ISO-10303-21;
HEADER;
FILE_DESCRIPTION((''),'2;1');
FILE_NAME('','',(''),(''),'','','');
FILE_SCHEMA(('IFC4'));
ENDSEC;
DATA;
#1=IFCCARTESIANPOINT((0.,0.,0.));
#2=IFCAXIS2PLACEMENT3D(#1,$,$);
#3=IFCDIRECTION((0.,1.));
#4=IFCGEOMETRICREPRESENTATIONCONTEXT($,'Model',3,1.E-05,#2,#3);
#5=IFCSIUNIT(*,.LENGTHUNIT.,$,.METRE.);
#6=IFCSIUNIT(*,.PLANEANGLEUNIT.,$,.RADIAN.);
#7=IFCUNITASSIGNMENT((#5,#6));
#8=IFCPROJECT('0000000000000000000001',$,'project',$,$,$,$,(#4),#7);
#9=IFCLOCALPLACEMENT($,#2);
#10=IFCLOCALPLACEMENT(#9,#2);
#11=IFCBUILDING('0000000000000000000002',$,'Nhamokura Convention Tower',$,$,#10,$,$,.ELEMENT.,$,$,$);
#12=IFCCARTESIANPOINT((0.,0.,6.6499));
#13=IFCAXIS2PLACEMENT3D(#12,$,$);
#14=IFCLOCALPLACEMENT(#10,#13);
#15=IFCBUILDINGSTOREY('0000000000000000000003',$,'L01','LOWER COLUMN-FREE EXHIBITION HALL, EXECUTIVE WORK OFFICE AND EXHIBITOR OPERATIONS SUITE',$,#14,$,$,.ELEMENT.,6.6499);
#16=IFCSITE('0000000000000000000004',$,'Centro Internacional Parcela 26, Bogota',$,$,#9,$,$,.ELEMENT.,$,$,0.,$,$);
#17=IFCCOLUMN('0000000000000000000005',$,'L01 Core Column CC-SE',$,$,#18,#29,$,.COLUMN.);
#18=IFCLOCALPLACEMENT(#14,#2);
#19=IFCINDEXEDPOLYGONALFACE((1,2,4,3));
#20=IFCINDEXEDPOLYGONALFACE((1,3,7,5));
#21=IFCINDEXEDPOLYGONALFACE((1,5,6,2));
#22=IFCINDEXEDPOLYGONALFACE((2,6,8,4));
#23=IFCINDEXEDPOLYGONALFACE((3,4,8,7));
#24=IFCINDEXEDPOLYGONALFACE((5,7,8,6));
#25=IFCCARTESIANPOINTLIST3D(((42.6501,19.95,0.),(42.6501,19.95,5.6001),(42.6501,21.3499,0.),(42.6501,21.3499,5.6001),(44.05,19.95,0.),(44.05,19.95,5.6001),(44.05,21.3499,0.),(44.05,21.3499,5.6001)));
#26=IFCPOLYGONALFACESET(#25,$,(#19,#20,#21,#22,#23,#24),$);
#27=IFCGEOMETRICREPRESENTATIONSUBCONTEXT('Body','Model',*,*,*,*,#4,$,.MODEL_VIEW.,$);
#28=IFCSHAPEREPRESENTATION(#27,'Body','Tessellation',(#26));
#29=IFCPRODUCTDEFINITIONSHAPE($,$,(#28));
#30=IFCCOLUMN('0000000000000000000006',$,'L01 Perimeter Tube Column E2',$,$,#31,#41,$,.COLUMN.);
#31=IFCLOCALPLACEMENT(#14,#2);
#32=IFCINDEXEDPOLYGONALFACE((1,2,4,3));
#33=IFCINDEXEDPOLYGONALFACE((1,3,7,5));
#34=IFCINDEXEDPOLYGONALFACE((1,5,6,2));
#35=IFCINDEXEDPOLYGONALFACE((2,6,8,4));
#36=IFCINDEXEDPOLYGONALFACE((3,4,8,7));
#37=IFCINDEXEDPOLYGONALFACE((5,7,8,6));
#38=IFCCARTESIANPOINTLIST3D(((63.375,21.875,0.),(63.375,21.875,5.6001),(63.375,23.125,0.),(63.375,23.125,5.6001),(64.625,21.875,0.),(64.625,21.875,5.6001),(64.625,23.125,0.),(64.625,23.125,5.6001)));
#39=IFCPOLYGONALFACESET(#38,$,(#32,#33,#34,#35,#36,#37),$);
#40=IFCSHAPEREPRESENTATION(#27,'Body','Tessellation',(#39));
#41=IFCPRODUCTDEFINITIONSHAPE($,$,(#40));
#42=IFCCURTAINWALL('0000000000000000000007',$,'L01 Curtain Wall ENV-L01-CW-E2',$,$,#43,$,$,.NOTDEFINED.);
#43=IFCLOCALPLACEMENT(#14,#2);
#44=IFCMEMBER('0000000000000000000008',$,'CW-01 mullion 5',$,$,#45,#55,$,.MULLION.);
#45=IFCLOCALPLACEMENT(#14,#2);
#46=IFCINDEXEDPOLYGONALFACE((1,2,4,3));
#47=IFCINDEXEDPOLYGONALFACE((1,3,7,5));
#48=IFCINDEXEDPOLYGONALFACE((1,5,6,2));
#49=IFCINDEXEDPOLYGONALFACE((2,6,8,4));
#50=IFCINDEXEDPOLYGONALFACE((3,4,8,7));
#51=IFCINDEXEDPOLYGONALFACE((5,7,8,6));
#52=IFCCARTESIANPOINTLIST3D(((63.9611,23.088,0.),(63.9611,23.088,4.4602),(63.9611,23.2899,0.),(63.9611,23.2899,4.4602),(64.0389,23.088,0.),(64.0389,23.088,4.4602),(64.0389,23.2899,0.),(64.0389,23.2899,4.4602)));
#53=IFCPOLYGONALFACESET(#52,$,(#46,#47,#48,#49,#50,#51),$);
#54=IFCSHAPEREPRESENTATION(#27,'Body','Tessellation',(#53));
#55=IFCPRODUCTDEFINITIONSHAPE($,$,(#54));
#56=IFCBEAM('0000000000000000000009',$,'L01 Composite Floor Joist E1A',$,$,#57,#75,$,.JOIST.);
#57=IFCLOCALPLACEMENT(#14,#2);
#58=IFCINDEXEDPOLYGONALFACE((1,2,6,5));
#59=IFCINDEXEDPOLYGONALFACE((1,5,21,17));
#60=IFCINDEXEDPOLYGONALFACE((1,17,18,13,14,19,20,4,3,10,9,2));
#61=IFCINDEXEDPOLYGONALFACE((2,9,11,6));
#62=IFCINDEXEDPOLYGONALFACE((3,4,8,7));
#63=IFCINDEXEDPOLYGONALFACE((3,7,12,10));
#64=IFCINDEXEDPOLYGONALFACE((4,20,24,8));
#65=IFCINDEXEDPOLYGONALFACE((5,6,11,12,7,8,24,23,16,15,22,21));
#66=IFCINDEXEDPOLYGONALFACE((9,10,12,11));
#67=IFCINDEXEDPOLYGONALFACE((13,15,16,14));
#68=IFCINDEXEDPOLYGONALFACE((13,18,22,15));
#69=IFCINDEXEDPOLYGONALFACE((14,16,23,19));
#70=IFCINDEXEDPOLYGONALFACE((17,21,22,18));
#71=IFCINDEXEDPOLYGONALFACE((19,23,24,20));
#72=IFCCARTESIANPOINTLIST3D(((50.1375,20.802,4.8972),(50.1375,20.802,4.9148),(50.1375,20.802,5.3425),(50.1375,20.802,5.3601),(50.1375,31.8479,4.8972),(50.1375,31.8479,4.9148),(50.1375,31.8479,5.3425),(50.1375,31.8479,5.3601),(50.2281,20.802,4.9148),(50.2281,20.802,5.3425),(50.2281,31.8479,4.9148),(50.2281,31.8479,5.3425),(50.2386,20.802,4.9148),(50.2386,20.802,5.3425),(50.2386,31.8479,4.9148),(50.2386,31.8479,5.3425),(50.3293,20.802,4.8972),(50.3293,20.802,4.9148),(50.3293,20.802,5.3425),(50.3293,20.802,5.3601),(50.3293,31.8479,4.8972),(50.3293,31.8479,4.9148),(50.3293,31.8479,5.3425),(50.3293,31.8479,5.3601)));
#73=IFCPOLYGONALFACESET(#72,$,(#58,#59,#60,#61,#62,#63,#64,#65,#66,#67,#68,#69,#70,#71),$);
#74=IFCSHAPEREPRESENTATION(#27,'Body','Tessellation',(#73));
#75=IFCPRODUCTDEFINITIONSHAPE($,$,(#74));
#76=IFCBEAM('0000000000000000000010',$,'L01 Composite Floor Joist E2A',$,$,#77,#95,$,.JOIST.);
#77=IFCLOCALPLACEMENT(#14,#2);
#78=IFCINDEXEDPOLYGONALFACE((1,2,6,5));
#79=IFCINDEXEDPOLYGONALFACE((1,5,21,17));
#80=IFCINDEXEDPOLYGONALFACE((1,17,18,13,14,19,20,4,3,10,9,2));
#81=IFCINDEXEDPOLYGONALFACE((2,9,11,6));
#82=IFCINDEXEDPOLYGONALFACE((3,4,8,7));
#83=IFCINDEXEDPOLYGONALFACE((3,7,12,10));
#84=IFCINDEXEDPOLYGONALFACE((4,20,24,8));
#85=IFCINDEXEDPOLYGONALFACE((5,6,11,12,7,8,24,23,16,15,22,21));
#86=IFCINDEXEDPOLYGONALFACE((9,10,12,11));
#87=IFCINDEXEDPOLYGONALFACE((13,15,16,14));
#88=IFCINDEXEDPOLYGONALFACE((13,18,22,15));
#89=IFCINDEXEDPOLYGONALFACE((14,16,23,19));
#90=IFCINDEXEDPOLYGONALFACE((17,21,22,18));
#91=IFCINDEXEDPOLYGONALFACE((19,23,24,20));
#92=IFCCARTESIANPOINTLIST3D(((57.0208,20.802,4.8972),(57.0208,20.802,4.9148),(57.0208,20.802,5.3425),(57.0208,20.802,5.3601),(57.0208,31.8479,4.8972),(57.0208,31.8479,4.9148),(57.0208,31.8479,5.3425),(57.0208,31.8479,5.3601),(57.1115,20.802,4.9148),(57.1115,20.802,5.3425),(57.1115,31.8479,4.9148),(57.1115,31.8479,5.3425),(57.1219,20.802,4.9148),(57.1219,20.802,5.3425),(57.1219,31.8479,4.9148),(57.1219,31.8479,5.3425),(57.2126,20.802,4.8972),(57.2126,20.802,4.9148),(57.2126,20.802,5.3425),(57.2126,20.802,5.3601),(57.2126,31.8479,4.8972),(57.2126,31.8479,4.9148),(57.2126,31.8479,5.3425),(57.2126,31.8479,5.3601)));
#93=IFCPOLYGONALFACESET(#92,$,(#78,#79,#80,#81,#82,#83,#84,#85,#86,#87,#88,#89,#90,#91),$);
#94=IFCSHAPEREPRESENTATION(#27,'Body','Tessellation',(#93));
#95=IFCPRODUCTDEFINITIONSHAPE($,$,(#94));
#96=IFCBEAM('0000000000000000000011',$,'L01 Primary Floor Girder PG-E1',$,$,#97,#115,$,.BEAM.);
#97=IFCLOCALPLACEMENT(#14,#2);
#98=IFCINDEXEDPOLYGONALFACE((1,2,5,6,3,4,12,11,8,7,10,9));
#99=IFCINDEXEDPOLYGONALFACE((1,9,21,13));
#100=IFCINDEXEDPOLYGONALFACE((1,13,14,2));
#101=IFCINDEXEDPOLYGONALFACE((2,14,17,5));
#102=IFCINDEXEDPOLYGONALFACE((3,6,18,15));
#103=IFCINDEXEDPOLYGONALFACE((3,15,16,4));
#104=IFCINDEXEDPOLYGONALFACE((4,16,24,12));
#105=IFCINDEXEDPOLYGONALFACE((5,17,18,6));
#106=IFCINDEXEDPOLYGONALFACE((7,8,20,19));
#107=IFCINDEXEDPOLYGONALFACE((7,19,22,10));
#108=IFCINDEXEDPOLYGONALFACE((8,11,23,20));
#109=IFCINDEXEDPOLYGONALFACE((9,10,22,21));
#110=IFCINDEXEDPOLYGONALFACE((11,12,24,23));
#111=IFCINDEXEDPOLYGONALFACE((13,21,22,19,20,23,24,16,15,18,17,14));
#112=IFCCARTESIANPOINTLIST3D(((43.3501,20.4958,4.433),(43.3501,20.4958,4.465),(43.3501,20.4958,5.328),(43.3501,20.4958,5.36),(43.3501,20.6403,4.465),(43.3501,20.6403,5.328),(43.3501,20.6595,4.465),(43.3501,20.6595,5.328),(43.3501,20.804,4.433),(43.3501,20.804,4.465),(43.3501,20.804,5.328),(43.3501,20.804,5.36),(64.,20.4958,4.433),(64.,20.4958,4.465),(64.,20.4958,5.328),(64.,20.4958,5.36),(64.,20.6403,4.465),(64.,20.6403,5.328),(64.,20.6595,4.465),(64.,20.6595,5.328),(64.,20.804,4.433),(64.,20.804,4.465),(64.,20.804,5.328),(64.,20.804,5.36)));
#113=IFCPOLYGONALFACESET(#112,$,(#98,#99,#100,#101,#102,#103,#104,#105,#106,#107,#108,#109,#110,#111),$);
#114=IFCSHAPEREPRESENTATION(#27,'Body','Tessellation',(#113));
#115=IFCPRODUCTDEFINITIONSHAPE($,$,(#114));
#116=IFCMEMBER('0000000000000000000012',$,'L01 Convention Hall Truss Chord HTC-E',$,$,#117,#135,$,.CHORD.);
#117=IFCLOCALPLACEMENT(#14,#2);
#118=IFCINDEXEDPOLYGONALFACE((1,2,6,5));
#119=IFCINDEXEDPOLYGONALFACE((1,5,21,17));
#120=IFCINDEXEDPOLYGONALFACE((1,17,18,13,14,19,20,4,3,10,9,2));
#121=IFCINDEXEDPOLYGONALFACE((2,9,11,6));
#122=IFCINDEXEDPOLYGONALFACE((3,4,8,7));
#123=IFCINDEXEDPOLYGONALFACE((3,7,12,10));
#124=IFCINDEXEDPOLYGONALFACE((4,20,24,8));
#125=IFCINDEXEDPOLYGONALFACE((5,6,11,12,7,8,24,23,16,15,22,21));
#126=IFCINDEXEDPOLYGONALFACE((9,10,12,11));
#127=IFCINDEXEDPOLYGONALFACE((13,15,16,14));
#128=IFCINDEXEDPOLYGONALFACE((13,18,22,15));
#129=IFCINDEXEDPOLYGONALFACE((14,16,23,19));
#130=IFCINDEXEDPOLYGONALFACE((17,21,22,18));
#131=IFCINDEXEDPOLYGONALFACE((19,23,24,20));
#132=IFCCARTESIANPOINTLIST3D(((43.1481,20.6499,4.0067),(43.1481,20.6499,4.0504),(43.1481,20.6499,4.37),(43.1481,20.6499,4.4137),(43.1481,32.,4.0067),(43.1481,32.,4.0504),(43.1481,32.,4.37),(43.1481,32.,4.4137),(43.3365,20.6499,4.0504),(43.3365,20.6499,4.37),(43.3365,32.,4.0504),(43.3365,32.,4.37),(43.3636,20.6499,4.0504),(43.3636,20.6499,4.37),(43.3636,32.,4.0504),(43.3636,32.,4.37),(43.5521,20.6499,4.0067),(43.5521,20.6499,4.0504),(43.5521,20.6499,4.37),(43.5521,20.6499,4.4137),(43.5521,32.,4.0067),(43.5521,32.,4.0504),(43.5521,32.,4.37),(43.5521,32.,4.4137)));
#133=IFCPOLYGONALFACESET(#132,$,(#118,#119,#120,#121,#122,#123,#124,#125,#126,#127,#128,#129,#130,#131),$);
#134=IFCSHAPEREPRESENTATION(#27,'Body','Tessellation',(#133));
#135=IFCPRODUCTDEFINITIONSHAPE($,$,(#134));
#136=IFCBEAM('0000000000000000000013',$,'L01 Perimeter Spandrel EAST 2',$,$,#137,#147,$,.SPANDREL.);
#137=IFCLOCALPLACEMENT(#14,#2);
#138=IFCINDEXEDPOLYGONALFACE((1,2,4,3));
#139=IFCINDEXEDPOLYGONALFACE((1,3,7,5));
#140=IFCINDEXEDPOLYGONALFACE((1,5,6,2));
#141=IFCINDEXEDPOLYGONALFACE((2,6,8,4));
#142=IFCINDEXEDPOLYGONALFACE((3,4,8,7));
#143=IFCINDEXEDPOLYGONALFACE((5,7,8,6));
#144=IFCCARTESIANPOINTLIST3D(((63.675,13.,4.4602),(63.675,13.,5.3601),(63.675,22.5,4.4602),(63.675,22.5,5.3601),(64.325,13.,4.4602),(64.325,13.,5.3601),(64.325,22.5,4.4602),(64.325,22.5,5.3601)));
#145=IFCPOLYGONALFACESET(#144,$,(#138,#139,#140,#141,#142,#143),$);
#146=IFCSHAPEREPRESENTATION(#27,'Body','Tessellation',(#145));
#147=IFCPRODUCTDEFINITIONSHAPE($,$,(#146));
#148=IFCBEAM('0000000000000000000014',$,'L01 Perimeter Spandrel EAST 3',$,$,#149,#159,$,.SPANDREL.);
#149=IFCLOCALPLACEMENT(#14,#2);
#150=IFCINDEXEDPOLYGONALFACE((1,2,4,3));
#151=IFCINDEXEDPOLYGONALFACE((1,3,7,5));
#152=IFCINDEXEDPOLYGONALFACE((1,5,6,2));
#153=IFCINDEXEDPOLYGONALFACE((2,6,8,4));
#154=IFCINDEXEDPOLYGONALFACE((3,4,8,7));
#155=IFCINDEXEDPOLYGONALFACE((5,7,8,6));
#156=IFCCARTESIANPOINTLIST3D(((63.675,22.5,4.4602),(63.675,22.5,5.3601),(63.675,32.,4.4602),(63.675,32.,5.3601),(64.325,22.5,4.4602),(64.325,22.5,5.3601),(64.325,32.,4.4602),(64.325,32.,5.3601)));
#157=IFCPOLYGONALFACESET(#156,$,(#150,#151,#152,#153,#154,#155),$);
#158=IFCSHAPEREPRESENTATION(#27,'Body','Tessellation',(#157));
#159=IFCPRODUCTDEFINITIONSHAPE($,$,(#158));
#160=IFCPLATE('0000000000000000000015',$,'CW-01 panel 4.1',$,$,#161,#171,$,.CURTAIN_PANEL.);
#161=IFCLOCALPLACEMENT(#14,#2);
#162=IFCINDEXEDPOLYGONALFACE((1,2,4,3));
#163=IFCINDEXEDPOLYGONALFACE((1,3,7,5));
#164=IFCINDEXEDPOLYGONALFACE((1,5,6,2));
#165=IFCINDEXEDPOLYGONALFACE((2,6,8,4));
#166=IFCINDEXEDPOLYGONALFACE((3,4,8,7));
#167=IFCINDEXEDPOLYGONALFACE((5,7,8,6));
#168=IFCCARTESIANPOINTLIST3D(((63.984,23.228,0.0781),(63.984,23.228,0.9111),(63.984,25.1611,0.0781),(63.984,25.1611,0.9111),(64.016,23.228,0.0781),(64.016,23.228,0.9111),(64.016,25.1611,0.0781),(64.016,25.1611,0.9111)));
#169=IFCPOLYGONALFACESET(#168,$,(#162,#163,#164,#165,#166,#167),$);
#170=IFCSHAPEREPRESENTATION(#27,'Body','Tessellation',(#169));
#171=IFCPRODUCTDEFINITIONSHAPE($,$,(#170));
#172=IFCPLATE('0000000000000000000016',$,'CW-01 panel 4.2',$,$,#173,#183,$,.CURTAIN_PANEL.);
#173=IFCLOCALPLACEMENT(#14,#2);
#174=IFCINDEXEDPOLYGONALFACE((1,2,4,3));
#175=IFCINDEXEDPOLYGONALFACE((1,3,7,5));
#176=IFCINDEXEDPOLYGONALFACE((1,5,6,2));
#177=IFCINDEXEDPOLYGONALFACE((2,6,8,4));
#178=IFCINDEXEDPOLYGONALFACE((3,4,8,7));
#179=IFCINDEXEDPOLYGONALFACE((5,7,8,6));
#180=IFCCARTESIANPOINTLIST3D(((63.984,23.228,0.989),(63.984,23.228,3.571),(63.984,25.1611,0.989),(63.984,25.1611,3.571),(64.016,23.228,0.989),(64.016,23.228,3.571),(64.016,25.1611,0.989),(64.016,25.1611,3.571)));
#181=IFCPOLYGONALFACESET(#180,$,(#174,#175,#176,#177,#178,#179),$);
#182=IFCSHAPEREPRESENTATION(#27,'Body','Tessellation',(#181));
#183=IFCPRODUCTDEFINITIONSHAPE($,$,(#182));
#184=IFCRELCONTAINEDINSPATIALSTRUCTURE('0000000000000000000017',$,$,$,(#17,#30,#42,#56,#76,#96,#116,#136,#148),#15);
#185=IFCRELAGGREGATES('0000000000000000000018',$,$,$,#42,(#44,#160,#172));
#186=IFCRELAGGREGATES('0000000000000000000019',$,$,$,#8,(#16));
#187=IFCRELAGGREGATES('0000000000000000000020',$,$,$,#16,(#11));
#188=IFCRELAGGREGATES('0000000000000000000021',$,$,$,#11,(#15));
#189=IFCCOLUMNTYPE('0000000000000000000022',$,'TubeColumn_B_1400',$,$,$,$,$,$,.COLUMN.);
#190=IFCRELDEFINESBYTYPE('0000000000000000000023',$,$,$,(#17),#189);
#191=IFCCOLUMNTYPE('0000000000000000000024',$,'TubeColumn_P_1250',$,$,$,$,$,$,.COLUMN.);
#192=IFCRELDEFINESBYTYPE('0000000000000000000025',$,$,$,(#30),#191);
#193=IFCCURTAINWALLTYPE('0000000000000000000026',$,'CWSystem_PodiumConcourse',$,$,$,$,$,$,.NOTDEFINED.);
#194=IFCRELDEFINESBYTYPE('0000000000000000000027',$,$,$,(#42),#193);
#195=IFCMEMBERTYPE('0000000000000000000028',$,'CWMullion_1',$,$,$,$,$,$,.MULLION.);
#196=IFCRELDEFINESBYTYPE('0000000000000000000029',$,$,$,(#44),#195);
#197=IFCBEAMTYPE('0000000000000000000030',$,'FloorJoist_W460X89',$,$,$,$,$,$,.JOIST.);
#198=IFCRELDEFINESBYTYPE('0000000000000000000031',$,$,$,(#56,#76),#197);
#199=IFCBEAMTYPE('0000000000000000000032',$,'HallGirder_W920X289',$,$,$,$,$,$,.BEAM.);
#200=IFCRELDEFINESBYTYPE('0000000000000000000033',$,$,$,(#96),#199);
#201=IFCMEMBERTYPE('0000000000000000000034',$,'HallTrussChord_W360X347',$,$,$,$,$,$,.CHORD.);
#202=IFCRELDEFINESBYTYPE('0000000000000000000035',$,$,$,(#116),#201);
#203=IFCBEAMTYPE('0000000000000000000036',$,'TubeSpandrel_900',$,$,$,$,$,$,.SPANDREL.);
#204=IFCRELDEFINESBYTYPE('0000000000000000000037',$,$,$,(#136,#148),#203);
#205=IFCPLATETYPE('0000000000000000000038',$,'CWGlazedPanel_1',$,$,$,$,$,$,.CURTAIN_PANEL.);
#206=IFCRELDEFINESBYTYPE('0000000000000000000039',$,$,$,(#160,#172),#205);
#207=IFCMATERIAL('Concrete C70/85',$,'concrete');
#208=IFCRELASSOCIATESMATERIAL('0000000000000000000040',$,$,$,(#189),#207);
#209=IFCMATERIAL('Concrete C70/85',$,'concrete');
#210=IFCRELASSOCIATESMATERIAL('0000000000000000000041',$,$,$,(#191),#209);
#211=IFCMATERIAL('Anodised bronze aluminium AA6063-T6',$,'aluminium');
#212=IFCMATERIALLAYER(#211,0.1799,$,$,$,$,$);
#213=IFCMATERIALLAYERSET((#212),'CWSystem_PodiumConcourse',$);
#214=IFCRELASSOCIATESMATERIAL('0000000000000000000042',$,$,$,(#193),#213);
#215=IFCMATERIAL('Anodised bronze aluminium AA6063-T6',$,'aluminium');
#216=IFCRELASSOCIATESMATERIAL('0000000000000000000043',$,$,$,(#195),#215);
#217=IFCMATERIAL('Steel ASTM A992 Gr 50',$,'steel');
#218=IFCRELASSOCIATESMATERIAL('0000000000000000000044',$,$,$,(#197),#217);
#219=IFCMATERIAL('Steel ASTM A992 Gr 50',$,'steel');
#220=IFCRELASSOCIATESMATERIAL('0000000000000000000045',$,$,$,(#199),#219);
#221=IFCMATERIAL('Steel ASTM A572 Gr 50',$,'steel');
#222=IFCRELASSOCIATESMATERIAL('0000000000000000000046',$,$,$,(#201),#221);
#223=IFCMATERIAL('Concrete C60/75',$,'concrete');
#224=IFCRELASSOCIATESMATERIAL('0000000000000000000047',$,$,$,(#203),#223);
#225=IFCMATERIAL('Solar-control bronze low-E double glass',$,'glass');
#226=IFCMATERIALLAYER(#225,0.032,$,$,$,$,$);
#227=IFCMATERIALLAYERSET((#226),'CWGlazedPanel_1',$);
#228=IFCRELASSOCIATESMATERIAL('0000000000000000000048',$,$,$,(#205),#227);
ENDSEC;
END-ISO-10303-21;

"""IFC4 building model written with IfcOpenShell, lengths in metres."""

from ifc_helpers import new_model, si_unit, direction, frame, origin, origin_2d, place, context, subcontext, project, spatial, rectangle, i_section, extrude, material, layer, layer_set, material_profile, profile_set, type_object, element, aggregate, save


model = new_model("IFC4")

# Units and contexts
model_context = context("Model", 3, precision=1e-05, world=origin(), true_north=direction((0.0, 1.0)))
body_context = subcontext(model_context, "Body", "Model", "MODEL_VIEW")
ifc_project = project(units=[si_unit("LENGTHUNIT", "METRE"), si_unit("PLANEANGLEUNIT", "RADIAN")], contexts=[model_context])

# Site, building, storey
site_placement = place(None, origin())
site = spatial("IfcSite", under=ifc_project, at=site_placement, Name="Centro Internacional Parcela 26, Bogota", CompositionType="ELEMENT", RefElevation=0.0)
building_placement = place(site_placement, origin())
building = spatial("IfcBuilding", under=site, at=building_placement, Name="Nhamokura Convention Tower", CompositionType="ELEMENT")
storey_placement = place(building_placement, frame((0.0, 0.0, 6.6499)))
storey = spatial("IfcBuildingStorey", under=building, at=storey_placement, Name="L01", Description="LOWER COLUMN-FREE EXHIBITION HALL, EXECUTIVE WORK OFFICE AND EXHIBITOR OPERATIONS SUITE", CompositionType="ELEMENT", Elevation=6.6499)

# Columns
ifc_material_1 = material(Name="Concrete C70/85", Category="concrete")
ifc_material_profile_1 = material_profile(ifc_material_1, rectangle(XDim=1.3999, YDim=1.3999, at=origin_2d()))
ifc_profile_set_1 = profile_set([ifc_material_profile_1], Name="Concrete C70/85")
column_type_1 = type_object("IfcColumnType", Name="TubeColumn_B_1400", PredefinedType="COLUMN", material=ifc_profile_set_1)
column_1_placement = place(storey_placement, frame((43.3501, 20.6499, 0.0), z_axis=(0.0, 0.0, 1.0), x_axis=(1.0, 0.0, 0.0)))
element("IfcColumn", 1, at=column_1_placement, inside=storey, type_object=column_type_1, Name="L01 Core Column CC-SE", PredefinedType="COLUMN", context=body_context, shape_type="SweptSolid", body=[
    extrude(rectangle(XDim=1.3999, YDim=1.3999, at=origin_2d()), origin(), (0.0, 0.0, 1.0), 5.6001),
])
ifc_material_2 = material(Name="Concrete C70/85", Category="concrete")
ifc_material_profile_2 = material_profile(ifc_material_2, rectangle(XDim=1.25, YDim=1.25, at=origin_2d()))
ifc_profile_set_2 = profile_set([ifc_material_profile_2], Name="Concrete C70/85")
column_type_2 = type_object("IfcColumnType", Name="TubeColumn_P_1250", PredefinedType="COLUMN", material=ifc_profile_set_2)
column_2_placement = place(storey_placement, frame((64.0, 22.5, 0.0), z_axis=(0.0, 0.0, 1.0), x_axis=(1.0, 0.0, 0.0)))
element("IfcColumn", 2, at=column_2_placement, inside=storey, type_object=column_type_2, Name="L01 Perimeter Tube Column E2", PredefinedType="COLUMN", context=body_context, shape_type="SweptSolid", body=[
    extrude(rectangle(XDim=1.25, YDim=1.25, at=origin_2d()), origin(), (0.0, 0.0, 1.0), 5.6001),
])

# Curtain wall, member
ifc_material_3 = material(Name="Anodised bronze aluminium AA6063-T6", Category="aluminium")
ifc_layer_1 = layer(ifc_material_3, 0.1799)
ifc_layer_set_1 = layer_set([ifc_layer_1], Name="CWSystem_PodiumConcourse")
curtain_wall_type = type_object("IfcCurtainWallType", Name="CWSystem_PodiumConcourse", PredefinedType="NOTDEFINED", material=ifc_layer_set_1)
curtain_wall_placement = place(storey_placement, origin())
curtain_wall = element("IfcCurtainWall", 3, at=curtain_wall_placement, inside=storey, type_object=curtain_wall_type, Name="L01 Curtain Wall ENV-L01-CW-E2", PredefinedType="NOTDEFINED")
ifc_material_4 = material(Name="Anodised bronze aluminium AA6063-T6", Category="aluminium")
ifc_material_profile_3 = material_profile(ifc_material_4, rectangle(XDim=0.0779, YDim=0.2019, at=origin_2d()))
ifc_profile_set_3 = profile_set([ifc_material_profile_3], Name="Anodised bronze aluminium AA6063-T6")
member_type_1 = type_object("IfcMemberType", Name="CWMullion_1", PredefinedType="MULLION", material=ifc_profile_set_3)
member_1_placement = place(storey_placement, frame((64.0, 23.189, 0.0), z_axis=(0.0, 0.0, 1.0), x_axis=(1.0, 0.0, 0.0)))
member_1 = element("IfcMember", 4, at=member_1_placement, type_object=member_type_1, Name="CW-01 mullion 5", PredefinedType="MULLION", context=body_context, shape_type="SweptSolid", body=[
    extrude(rectangle(XDim=0.0779, YDim=0.2019, at=origin_2d()), origin(), (0.0, 0.0, 1.0), 4.4602),
])

# Beams
ifc_material_5 = material(Name="Steel ASTM A992 Gr 50", Category="steel")
ifc_material_profile_4 = material_profile(ifc_material_5, i_section(OverallWidth=0.1919, OverallDepth=0.4629, WebThickness=0.0105, FlangeThickness=0.0176, at=origin_2d()))
ifc_profile_set_4 = profile_set([ifc_material_profile_4], Name="Steel ASTM A992 Gr 50")
beam_type_1 = type_object("IfcBeamType", Name="FloorJoist_W460X89", PredefinedType="JOIST", material=ifc_profile_set_4)
for number, where, z_axis, x_axis, name in (
    (5, (50.2334, 20.802, 5.1287), (0.0, 1.0, 0.0), (-1.0, 0.0, 0.0), "L01 Composite Floor Joist E1A"),
    (6, (57.1167, 20.802, 5.1287), (0.0, 1.0, 0.0), (-1.0, 0.0, 0.0), "L01 Composite Floor Joist E2A"),
):
    element("IfcBeam", number, at=place(storey_placement, frame(where, z_axis=z_axis, x_axis=x_axis)), inside=storey, type_object=beam_type_1, Name=name, PredefinedType="JOIST", context=body_context, shape_type="SweptSolid", body=[
        extrude(i_section(OverallWidth=0.1919, OverallDepth=0.4629, WebThickness=0.0105, FlangeThickness=0.0176, at=origin_2d()), origin(), (0.0, 0.0, 1.0), 11.0459),
    ])
ifc_material_6 = material(Name="Steel ASTM A992 Gr 50", Category="steel")
ifc_material_profile_5 = material_profile(ifc_material_6, i_section(OverallWidth=0.3081, OverallDepth=0.927, WebThickness=0.0193, FlangeThickness=0.032, at=origin_2d()))
ifc_profile_set_5 = profile_set([ifc_material_profile_5], Name="Steel ASTM A992 Gr 50")
beam_type_2 = type_object("IfcBeamType", Name="HallGirder_W920X289", PredefinedType="BEAM", material=ifc_profile_set_5)
beam_placement = place(storey_placement, frame((43.3501, 20.6499, 4.8965), z_axis=(1.0, 0.0, 0.0), x_axis=(0.0, 1.0, 0.0)))
element("IfcBeam", 7, at=beam_placement, inside=storey, type_object=beam_type_2, Name="L01 Primary Floor Girder PG-E1", PredefinedType="BEAM", context=body_context, shape_type="SweptSolid", body=[
    extrude(i_section(OverallWidth=0.3081, OverallDepth=0.927, WebThickness=0.0193, FlangeThickness=0.032, at=origin_2d()), origin(), (0.0, 0.0, 1.0), 20.6499),
])

# Member
ifc_material_7 = material(Name="Steel ASTM A572 Gr 50", Category="steel")
ifc_material_profile_6 = material_profile(ifc_material_7, i_section(OverallWidth=0.4041, OverallDepth=0.407, WebThickness=0.0271, FlangeThickness=0.0437, at=origin_2d()))
ifc_profile_set_6 = profile_set([ifc_material_profile_6], Name="Steel ASTM A572 Gr 50")
member_type_2 = type_object("IfcMemberType", Name="HallTrussChord_W360X347", PredefinedType="CHORD", material=ifc_profile_set_6)
member_2_placement = place(storey_placement, frame((43.3501, 20.6499, 4.2102), z_axis=(0.0, 1.0, 0.0), x_axis=(-1.0, 0.0, 0.0)))
element("IfcMember", 8, at=member_2_placement, inside=storey, type_object=member_type_2, Name="L01 Convention Hall Truss Chord HTC-E", PredefinedType="CHORD", context=body_context, shape_type="SweptSolid", body=[
    extrude(i_section(OverallWidth=0.4041, OverallDepth=0.407, WebThickness=0.0271, FlangeThickness=0.0437, at=origin_2d()), origin(), (0.0, 0.0, 1.0), 11.3501),
])

# Beams
ifc_material_8 = material(Name="Concrete C60/75", Category="concrete")
ifc_material_profile_7 = material_profile(ifc_material_8, rectangle(XDim=0.6499, YDim=0.8999, at=origin_2d()))
ifc_profile_set_7 = profile_set([ifc_material_profile_7], Name="Concrete C60/75")
beam_type_3 = type_object("IfcBeamType", Name="TubeSpandrel_900", PredefinedType="SPANDREL", material=ifc_profile_set_7)
for number, where, z_axis, x_axis, name in (
    (9, (64.0, 13.0, 4.9102), (0.0, 1.0, 0.0), (-1.0, 0.0, 0.0), "L01 Perimeter Spandrel EAST 2"),
    (10, (64.0, 22.5, 4.9102), (0.0, 1.0, 0.0), (-1.0, 0.0, 0.0), "L01 Perimeter Spandrel EAST 3"),
):
    element("IfcBeam", number, at=place(storey_placement, frame(where, z_axis=z_axis, x_axis=x_axis)), inside=storey, type_object=beam_type_3, Name=name, PredefinedType="SPANDREL", context=body_context, shape_type="SweptSolid", body=[
        extrude(rectangle(XDim=0.6499, YDim=0.8999, at=origin_2d()), origin(), (0.0, 0.0, 1.0), 9.5),
    ])

# Plates
ifc_material_9 = material(Name="Solar-control bronze low-E double glass", Category="glass")
ifc_layer_2 = layer(ifc_material_9, 0.032)
ifc_layer_set_2 = layer_set([ifc_layer_2], Name="CWGlazedPanel_1")
plate_type = type_object("IfcPlateType", Name="CWGlazedPanel_1", PredefinedType="CURTAIN_PANEL", material=ifc_layer_set_2)
plate_1_placement = place(storey_placement, frame((64.0, 24.1946, 0.0781), z_axis=(0.0, 0.0, 1.0), x_axis=(0.0, -1.0, 0.0)))
plate_1 = element("IfcPlate", 11, at=plate_1_placement, type_object=plate_type, Name="CW-01 panel 4.1", PredefinedType="CURTAIN_PANEL", context=body_context, shape_type="SweptSolid", body=[
    extrude(rectangle(XDim=1.9331, YDim=0.032, at=origin_2d()), origin(), (0.0, 0.0, 1.0), 0.833),
])
plate_2_placement = place(storey_placement, frame((64.0, 24.1946, 0.989), z_axis=(0.0, 0.0, 1.0), x_axis=(0.0, -1.0, 0.0)))
plate_2 = element("IfcPlate", 12, at=plate_2_placement, type_object=plate_type, Name="CW-01 panel 4.2", PredefinedType="CURTAIN_PANEL", context=body_context, shape_type="SweptSolid", body=[
    extrude(rectangle(XDim=1.9331, YDim=0.032, at=origin_2d()), origin(), (0.0, 0.0, 1.0), 2.582),
])
aggregate(curtain_wall, [member_1, plate_1, plate_2])

save(model, "model.ifc")
